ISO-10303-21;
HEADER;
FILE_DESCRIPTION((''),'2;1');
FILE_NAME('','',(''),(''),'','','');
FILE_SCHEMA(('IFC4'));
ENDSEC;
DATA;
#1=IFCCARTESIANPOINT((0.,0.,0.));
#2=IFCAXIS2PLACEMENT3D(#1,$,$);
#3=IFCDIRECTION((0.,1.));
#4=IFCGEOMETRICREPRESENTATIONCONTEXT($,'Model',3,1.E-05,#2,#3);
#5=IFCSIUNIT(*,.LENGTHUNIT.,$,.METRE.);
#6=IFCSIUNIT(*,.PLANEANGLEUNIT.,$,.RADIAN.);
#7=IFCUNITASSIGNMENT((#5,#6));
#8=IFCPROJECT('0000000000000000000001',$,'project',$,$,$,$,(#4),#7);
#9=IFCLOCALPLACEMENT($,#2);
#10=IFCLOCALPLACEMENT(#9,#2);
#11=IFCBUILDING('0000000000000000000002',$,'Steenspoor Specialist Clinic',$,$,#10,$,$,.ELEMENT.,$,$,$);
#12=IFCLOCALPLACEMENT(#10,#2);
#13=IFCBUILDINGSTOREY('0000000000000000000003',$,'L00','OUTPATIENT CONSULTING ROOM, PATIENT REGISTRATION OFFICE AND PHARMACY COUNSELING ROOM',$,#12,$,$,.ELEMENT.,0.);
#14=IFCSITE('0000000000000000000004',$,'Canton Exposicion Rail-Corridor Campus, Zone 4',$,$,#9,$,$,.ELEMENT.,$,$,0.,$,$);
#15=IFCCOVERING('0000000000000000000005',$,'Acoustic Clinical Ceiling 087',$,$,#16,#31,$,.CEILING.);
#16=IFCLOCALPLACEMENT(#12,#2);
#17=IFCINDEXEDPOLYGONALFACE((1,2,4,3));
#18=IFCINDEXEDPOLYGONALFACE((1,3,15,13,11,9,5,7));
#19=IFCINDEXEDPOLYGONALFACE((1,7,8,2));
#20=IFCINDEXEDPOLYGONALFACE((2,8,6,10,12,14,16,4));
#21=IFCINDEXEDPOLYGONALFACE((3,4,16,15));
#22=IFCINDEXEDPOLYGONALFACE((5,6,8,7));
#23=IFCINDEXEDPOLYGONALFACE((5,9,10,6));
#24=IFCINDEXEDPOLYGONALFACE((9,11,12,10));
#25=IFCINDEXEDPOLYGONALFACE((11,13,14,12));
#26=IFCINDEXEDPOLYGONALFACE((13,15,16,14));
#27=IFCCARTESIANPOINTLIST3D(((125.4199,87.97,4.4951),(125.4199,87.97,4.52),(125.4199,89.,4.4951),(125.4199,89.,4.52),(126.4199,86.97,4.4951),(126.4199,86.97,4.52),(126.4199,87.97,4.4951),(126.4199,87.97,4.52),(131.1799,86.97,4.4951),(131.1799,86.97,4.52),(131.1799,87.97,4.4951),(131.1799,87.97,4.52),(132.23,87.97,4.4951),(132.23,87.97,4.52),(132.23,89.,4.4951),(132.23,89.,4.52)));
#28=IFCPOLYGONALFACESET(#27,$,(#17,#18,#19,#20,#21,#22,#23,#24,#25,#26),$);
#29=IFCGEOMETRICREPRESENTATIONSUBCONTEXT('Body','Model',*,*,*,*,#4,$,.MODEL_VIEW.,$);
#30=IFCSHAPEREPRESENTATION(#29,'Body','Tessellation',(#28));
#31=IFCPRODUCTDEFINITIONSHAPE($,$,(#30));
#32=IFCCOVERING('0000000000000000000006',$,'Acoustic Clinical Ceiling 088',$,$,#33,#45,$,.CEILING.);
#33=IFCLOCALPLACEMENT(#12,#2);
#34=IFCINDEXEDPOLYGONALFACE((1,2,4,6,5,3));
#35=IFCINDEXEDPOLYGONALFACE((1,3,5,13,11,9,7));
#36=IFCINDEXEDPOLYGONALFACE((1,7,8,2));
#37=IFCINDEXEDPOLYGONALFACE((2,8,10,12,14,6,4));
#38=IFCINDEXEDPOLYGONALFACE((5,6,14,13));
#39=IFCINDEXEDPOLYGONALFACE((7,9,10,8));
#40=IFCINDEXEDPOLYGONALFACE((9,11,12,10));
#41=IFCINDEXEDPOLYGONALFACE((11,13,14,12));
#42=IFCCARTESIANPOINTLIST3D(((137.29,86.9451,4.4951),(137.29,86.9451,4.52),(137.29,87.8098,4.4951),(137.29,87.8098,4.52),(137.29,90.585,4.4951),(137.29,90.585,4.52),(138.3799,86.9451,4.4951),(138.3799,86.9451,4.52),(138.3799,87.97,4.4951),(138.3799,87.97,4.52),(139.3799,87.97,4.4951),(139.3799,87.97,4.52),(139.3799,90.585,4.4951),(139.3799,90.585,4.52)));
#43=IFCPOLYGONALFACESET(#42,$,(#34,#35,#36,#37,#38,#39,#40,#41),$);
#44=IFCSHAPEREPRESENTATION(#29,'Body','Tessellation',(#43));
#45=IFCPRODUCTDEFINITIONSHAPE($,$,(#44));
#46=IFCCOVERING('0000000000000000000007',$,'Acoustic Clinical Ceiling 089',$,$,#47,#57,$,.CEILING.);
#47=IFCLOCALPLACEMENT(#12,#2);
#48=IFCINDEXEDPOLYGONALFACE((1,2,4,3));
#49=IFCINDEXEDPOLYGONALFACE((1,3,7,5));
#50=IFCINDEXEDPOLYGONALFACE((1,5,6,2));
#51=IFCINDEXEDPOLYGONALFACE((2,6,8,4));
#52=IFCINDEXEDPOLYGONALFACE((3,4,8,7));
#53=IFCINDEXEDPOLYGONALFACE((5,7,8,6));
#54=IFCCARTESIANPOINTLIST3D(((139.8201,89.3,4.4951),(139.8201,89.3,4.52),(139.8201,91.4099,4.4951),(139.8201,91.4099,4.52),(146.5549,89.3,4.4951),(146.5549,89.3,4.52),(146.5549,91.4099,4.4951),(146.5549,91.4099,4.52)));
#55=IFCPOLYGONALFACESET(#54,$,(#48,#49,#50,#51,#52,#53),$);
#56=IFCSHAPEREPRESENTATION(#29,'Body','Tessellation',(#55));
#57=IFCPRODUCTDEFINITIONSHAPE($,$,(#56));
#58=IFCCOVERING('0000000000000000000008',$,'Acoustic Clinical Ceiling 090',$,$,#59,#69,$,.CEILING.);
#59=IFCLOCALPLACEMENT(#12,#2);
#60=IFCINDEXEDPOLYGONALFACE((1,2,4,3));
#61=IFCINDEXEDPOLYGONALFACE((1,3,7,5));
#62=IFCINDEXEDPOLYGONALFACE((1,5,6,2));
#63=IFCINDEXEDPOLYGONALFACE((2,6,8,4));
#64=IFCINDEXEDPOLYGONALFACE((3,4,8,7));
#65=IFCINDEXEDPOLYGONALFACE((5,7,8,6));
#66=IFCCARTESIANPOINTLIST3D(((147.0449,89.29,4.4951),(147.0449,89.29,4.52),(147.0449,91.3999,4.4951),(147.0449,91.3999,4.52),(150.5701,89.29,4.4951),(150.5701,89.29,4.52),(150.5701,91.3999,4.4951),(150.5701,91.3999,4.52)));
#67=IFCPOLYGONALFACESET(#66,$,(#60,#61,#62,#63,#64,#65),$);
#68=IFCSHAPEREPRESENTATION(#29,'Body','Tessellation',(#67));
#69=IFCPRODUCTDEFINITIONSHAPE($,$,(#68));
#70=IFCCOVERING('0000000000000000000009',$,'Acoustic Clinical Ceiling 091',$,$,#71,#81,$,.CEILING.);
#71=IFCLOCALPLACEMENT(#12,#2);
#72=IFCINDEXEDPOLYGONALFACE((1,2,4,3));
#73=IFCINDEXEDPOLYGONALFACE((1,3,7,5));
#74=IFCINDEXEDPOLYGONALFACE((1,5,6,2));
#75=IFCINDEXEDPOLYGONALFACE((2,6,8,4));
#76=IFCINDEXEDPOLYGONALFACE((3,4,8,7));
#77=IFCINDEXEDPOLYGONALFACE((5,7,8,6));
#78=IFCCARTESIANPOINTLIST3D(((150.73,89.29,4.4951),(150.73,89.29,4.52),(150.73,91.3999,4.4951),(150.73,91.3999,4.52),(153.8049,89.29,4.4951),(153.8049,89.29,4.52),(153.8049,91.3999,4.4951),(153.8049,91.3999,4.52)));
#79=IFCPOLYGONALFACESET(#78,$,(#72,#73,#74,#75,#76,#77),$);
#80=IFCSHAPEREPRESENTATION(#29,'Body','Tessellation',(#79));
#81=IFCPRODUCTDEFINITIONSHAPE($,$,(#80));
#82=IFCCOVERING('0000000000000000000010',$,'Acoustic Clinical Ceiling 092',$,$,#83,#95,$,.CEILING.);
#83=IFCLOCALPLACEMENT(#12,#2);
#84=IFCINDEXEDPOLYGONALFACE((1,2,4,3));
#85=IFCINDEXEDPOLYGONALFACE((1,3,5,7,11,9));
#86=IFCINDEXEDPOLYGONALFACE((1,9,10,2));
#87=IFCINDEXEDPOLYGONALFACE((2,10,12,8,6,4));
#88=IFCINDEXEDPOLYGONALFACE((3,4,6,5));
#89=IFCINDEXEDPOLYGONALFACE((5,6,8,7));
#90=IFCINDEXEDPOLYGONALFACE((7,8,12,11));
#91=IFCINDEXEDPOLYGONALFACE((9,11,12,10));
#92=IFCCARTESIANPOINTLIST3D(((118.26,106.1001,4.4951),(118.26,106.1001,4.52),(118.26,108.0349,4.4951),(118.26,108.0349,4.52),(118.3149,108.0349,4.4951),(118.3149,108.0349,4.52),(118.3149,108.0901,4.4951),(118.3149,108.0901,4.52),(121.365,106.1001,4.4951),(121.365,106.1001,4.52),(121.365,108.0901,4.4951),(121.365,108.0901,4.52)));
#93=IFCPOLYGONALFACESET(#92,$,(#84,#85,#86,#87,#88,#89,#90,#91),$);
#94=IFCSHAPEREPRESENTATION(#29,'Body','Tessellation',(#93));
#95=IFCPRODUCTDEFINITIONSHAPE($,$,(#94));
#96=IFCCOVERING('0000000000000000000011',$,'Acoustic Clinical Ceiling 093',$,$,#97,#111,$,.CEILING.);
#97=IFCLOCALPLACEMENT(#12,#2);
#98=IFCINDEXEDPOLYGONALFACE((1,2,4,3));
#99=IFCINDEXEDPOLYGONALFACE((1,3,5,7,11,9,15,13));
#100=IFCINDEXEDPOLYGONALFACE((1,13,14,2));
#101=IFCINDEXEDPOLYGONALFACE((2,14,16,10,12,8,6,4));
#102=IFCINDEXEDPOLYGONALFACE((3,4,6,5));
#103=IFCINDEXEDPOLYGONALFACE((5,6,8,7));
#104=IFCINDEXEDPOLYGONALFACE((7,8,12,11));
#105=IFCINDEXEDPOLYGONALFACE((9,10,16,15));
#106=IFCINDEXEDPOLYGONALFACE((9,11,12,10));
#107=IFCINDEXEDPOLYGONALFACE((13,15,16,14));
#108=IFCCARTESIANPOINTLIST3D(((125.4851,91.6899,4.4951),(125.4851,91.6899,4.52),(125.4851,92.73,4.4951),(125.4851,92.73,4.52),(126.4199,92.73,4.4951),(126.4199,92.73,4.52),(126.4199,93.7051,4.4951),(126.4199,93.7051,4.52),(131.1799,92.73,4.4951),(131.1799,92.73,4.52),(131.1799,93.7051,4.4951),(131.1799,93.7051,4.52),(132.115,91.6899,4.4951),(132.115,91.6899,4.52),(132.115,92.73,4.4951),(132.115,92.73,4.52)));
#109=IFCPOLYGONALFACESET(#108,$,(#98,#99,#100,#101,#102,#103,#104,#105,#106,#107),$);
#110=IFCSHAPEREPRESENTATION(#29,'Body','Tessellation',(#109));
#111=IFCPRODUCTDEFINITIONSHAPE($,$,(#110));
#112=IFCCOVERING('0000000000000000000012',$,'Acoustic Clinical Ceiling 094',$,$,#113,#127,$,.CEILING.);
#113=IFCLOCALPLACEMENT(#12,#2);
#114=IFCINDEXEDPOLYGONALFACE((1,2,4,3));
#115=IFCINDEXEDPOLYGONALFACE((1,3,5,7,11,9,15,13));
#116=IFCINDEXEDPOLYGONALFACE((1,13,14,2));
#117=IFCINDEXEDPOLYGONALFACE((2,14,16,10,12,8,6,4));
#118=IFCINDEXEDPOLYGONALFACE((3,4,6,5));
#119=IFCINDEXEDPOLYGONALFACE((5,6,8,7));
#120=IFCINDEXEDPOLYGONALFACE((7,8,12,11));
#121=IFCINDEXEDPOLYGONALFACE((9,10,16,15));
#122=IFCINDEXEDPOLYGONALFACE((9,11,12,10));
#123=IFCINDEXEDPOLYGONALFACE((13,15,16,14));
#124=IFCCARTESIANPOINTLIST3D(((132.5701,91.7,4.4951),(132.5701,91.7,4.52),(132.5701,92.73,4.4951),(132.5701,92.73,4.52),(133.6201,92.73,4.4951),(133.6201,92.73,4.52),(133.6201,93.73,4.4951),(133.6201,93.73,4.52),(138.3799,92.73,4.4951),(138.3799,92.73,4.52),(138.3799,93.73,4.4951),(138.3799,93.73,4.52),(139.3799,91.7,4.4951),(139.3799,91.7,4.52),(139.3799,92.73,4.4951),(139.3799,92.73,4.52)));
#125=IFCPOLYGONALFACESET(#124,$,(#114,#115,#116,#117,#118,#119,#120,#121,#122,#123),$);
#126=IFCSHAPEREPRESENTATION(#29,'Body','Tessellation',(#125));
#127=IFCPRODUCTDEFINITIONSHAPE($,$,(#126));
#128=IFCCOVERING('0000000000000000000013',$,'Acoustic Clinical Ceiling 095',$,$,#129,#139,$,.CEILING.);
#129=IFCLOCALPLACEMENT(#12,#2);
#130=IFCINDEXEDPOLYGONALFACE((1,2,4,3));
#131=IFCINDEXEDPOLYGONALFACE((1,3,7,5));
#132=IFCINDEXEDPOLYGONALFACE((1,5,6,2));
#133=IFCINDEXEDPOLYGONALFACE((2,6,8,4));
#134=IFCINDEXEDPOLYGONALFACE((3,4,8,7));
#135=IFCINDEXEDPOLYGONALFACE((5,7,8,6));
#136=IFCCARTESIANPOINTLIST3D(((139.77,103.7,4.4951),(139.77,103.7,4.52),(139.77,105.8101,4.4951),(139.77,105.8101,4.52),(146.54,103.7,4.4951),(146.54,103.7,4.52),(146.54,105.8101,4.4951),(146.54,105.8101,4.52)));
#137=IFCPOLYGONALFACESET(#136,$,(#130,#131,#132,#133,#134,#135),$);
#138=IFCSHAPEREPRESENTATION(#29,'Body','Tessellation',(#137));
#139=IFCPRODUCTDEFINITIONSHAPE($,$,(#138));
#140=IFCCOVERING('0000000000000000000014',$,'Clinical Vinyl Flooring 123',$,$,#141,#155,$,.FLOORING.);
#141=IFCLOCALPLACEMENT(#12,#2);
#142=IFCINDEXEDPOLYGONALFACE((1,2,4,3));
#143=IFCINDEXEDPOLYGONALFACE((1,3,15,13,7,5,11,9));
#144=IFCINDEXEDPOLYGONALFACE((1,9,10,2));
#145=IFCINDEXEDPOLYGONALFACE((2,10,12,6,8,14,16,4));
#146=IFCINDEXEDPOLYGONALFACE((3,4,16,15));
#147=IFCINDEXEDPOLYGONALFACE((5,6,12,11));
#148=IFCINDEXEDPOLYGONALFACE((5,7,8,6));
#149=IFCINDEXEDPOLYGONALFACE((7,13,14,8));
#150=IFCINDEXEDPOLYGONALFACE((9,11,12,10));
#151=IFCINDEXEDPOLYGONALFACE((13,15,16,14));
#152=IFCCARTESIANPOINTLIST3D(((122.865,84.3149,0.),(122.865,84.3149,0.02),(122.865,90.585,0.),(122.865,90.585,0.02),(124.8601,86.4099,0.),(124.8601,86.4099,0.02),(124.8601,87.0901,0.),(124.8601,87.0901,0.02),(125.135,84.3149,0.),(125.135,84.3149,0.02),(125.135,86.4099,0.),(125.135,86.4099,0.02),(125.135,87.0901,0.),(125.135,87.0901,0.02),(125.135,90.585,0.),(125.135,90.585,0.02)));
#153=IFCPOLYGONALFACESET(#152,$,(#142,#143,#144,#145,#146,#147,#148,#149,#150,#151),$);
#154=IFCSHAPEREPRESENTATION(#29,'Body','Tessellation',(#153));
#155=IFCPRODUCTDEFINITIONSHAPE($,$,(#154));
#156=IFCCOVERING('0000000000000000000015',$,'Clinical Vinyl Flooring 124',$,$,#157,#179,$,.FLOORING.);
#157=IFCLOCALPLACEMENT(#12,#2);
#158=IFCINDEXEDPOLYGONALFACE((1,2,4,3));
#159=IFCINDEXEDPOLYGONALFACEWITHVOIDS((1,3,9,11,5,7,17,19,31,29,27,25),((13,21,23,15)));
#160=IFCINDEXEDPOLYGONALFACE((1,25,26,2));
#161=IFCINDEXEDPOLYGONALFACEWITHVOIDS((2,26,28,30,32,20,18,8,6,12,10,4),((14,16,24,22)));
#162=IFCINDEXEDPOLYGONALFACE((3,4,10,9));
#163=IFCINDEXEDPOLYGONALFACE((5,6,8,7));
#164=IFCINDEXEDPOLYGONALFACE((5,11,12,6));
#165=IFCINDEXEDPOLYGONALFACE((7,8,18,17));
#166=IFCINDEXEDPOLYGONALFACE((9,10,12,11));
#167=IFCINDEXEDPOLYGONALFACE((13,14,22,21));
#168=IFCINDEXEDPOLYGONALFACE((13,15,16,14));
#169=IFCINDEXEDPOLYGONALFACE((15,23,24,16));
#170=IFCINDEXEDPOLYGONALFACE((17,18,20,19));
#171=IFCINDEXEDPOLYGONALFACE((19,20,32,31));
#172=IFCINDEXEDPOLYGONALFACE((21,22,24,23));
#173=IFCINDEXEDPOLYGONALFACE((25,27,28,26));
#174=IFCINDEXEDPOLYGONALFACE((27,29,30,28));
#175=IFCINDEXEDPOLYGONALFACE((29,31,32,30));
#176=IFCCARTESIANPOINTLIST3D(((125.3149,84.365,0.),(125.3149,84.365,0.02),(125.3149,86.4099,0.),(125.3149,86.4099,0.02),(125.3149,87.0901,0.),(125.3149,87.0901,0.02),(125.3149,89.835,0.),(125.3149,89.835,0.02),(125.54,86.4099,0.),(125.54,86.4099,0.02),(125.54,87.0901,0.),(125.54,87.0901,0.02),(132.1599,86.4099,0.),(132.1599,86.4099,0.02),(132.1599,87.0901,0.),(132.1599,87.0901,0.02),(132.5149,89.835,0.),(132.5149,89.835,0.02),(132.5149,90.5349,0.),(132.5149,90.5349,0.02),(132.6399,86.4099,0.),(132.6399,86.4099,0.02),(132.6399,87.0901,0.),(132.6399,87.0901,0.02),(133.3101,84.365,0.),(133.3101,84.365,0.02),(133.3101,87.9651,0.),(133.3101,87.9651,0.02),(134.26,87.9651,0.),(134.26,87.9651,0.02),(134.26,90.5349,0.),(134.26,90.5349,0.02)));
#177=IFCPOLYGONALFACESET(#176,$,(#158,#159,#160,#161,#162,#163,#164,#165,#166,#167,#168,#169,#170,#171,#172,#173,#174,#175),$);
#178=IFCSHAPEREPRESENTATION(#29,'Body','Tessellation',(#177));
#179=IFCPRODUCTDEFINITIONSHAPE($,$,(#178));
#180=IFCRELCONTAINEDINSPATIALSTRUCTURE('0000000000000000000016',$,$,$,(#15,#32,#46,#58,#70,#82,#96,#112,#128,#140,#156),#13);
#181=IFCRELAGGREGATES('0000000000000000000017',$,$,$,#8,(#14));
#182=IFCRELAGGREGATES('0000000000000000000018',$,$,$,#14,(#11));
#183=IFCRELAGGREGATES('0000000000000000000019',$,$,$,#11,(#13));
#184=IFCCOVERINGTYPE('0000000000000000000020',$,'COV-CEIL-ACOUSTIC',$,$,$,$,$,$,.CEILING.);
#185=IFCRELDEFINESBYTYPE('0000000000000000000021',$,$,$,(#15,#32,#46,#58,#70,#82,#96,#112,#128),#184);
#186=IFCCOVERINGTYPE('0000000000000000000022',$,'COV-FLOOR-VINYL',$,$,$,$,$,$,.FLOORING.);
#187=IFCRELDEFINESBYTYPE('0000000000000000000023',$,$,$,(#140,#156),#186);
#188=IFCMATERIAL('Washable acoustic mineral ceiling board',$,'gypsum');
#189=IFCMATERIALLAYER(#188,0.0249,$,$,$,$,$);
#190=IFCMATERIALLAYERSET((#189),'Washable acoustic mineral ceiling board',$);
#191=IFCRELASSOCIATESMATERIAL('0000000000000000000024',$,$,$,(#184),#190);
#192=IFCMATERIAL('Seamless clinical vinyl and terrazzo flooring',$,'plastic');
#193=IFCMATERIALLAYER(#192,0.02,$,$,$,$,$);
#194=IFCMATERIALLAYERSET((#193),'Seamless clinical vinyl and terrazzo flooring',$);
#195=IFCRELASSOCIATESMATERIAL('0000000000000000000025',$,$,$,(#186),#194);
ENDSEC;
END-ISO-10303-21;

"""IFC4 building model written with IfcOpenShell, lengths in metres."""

from ifc_helpers import new_model, si_unit, direction, frame, origin, place, context, subcontext, project, spatial, polyline, outline, extrude, material, layer, layer_set, type_object, element, save


model = new_model("IFC4")

# Units and contexts
model_context = context("Model", 3, precision=1e-05, world=origin(), true_north=direction((0.0, 1.0)))
body_context = subcontext(model_context, "Body", "Model", "MODEL_VIEW")
ifc_project = project(units=[si_unit("LENGTHUNIT", "METRE"), si_unit("PLANEANGLEUNIT", "RADIAN")], contexts=[model_context])

# Site, building, storey
site_placement = place(None, origin())
site = spatial("IfcSite", under=ifc_project, at=site_placement, Name="Canton Exposicion Rail-Corridor Campus, Zone 4", CompositionType="ELEMENT", RefElevation=0.0)
building_placement = place(site_placement, origin())
building = spatial("IfcBuilding", under=site, at=building_placement, Name="Steenspoor Specialist Clinic", CompositionType="ELEMENT")
storey_placement = place(building_placement, origin())
storey = spatial("IfcBuildingStorey", under=building, at=storey_placement, Name="L00", Description="OUTPATIENT CONSULTING ROOM, PATIENT REGISTRATION OFFICE AND PHARMACY COUNSELING ROOM", CompositionType="ELEMENT", Elevation=0.0)

# Coverings
ifc_material_1 = material(Name="Washable acoustic mineral ceiling board", Category="gypsum")
ifc_layer_1 = layer(ifc_material_1, 0.0249)
ifc_layer_set_1 = layer_set([ifc_layer_1], Name="Washable acoustic mineral ceiling board")
covering_type_1 = type_object("IfcCoveringType", Name="COV-CEIL-ACOUSTIC", PredefinedType="CEILING", material=ifc_layer_set_1)
covering_1_placement = place(storey_placement, frame((0.0, 0.0, 4.4951)))
element("IfcCovering", 1, at=covering_1_placement, inside=storey, type_object=covering_type_1, Name="Acoustic Clinical Ceiling 087", PredefinedType="CEILING", context=body_context, shape_type="SweptSolid", body=[
    extrude(outline(polyline([(132.23, 87.97), (131.1799, 87.97), (131.1799, 86.97), (126.4199, 86.97), (126.4199, 87.97), (125.4199, 87.97), (125.4199, 89.0), (132.23, 89.0), (132.23, 87.97)])), origin(), (0.0, 0.0, 1.0), 0.0249),
])
covering_2_placement = place(storey_placement, frame((0.0, 0.0, 4.4951)))
element("IfcCovering", 2, at=covering_2_placement, inside=storey, type_object=covering_type_1, Name="Acoustic Clinical Ceiling 088", PredefinedType="CEILING", context=body_context, shape_type="SweptSolid", body=[
    extrude(outline(polyline([(139.3799, 90.585), (139.3799, 87.97), (138.3799, 87.97), (138.3799, 86.9451), (137.29, 86.9451), (137.29, 87.8098), (137.29, 90.585), (139.3799, 90.585)])), origin(), (0.0, 0.0, 1.0), 0.0249),
])
covering_3_placement = place(storey_placement, frame((0.0, 0.0, 4.4951)))
element("IfcCovering", 3, at=covering_3_placement, inside=storey, type_object=covering_type_1, Name="Acoustic Clinical Ceiling 089", PredefinedType="CEILING", context=body_context, shape_type="SweptSolid", body=[
    extrude(outline(polyline([(139.8201, 91.4099), (146.5549, 91.4099), (146.5549, 89.3), (139.8201, 89.3), (139.8201, 91.4099)])), origin(), (0.0, 0.0, 1.0), 0.0249),
])
covering_4_placement = place(storey_placement, frame((0.0, 0.0, 4.4951)))
element("IfcCovering", 4, at=covering_4_placement, inside=storey, type_object=covering_type_1, Name="Acoustic Clinical Ceiling 090", PredefinedType="CEILING", context=body_context, shape_type="SweptSolid", body=[
    extrude(outline(polyline([(150.5701, 89.29), (147.0449, 89.29), (147.0449, 91.3999), (150.5701, 91.3999), (150.5701, 89.29)])), origin(), (0.0, 0.0, 1.0), 0.0249),
])
covering_5_placement = place(storey_placement, frame((0.0, 0.0, 4.4951)))
element("IfcCovering", 5, at=covering_5_placement, inside=storey, type_object=covering_type_1, Name="Acoustic Clinical Ceiling 091", PredefinedType="CEILING", context=body_context, shape_type="SweptSolid", body=[
    extrude(outline(polyline([(150.73, 91.3999), (153.8049, 91.3999), (153.8049, 89.29), (150.73, 89.29), (150.73, 91.3999)])), origin(), (0.0, 0.0, 1.0), 0.0249),
])
covering_6_placement = place(storey_placement, frame((0.0, 0.0, 4.4951)))
element("IfcCovering", 6, at=covering_6_placement, inside=storey, type_object=covering_type_1, Name="Acoustic Clinical Ceiling 092", PredefinedType="CEILING", context=body_context, shape_type="SweptSolid", body=[
    extrude(outline(polyline([(118.26, 108.0349), (118.3149, 108.0349), (118.3149, 108.0901), (121.365, 108.0901), (121.365, 106.1001), (118.26, 106.1001), (118.26, 108.0349)])), origin(), (0.0, 0.0, 1.0), 0.0249),
])
covering_7_placement = place(storey_placement, frame((0.0, 0.0, 4.4951)))
element("IfcCovering", 7, at=covering_7_placement, inside=storey, type_object=covering_type_1, Name="Acoustic Clinical Ceiling 093", PredefinedType="CEILING", context=body_context, shape_type="SweptSolid", body=[
    extrude(outline(polyline([(125.4851, 92.73), (126.4199, 92.73), (126.4199, 93.7051), (131.1799, 93.7051), (131.1799, 92.73), (132.115, 92.73), (132.115, 91.6899), (125.4851, 91.6899), (125.4851, 92.73)])), origin(), (0.0, 0.0, 1.0), 0.0249),
])
covering_8_placement = place(storey_placement, frame((0.0, 0.0, 4.4951)))
element("IfcCovering", 8, at=covering_8_placement, inside=storey, type_object=covering_type_1, Name="Acoustic Clinical Ceiling 094", PredefinedType="CEILING", context=body_context, shape_type="SweptSolid", body=[
    extrude(outline(polyline([(132.5701, 92.73), (133.6201, 92.73), (133.6201, 93.73), (138.3799, 93.73), (138.3799, 92.73), (139.3799, 92.73), (139.3799, 91.7), (132.5701, 91.7), (132.5701, 92.73)])), origin(), (0.0, 0.0, 1.0), 0.0249),
])
covering_9_placement = place(storey_placement, frame((0.0, 0.0, 4.4951)))
element("IfcCovering", 9, at=covering_9_placement, inside=storey, type_object=covering_type_1, Name="Acoustic Clinical Ceiling 095", PredefinedType="CEILING", context=body_context, shape_type="SweptSolid", body=[
    extrude(outline(polyline([(146.54, 103.7), (139.77, 103.7), (139.77, 105.8101), (146.54, 105.8101), (146.54, 103.7)])), origin(), (0.0, 0.0, 1.0), 0.0249),
])
ifc_material_2 = material(Name="Seamless clinical vinyl and terrazzo flooring", Category="plastic")
ifc_layer_2 = layer(ifc_material_2, 0.02)
ifc_layer_set_2 = layer_set([ifc_layer_2], Name="Seamless clinical vinyl and terrazzo flooring")
covering_type_2 = type_object("IfcCoveringType", Name="COV-FLOOR-VINYL", PredefinedType="FLOORING", material=ifc_layer_set_2)
covering_10_placement = place(storey_placement, origin())
element("IfcCovering", 10, at=covering_10_placement, inside=storey, type_object=covering_type_2, Name="Clinical Vinyl Flooring 123", PredefinedType="FLOORING", context=body_context, shape_type="SweptSolid", body=[
    extrude(outline(polyline([(122.865, 84.3149), (122.865, 90.585), (125.135, 90.585), (125.135, 87.0901), (124.8601, 87.0901), (124.8601, 86.4099), (125.135, 86.4099), (125.135, 84.3149), (122.865, 84.3149)])), origin(), (0.0, 0.0, 1.0), 0.02),
])
covering_11_placement = place(storey_placement, origin())
element("IfcCovering", 11, at=covering_11_placement, inside=storey, type_object=covering_type_2, Name="Clinical Vinyl Flooring 124", PredefinedType="FLOORING", context=body_context, shape_type="SweptSolid", body=[
    extrude(outline(polyline([(132.5149, 89.835), (132.5149, 90.5349), (134.26, 90.5349), (134.26, 87.9651), (133.3101, 87.9651), (133.3101, 84.365), (125.3149, 84.365), (125.3149, 86.4099), (125.54, 86.4099), (125.54, 87.0901), (125.3149, 87.0901), (125.3149, 89.835), (132.5149, 89.835)]), holes=[polyline([(132.6399, 87.0901), (132.1599, 87.0901), (132.1599, 86.4099), (132.6399, 86.4099), (132.6399, 87.0901)])]), origin(), (0.0, 0.0, 1.0), 0.02),
])

save(model, "model.ifc")
